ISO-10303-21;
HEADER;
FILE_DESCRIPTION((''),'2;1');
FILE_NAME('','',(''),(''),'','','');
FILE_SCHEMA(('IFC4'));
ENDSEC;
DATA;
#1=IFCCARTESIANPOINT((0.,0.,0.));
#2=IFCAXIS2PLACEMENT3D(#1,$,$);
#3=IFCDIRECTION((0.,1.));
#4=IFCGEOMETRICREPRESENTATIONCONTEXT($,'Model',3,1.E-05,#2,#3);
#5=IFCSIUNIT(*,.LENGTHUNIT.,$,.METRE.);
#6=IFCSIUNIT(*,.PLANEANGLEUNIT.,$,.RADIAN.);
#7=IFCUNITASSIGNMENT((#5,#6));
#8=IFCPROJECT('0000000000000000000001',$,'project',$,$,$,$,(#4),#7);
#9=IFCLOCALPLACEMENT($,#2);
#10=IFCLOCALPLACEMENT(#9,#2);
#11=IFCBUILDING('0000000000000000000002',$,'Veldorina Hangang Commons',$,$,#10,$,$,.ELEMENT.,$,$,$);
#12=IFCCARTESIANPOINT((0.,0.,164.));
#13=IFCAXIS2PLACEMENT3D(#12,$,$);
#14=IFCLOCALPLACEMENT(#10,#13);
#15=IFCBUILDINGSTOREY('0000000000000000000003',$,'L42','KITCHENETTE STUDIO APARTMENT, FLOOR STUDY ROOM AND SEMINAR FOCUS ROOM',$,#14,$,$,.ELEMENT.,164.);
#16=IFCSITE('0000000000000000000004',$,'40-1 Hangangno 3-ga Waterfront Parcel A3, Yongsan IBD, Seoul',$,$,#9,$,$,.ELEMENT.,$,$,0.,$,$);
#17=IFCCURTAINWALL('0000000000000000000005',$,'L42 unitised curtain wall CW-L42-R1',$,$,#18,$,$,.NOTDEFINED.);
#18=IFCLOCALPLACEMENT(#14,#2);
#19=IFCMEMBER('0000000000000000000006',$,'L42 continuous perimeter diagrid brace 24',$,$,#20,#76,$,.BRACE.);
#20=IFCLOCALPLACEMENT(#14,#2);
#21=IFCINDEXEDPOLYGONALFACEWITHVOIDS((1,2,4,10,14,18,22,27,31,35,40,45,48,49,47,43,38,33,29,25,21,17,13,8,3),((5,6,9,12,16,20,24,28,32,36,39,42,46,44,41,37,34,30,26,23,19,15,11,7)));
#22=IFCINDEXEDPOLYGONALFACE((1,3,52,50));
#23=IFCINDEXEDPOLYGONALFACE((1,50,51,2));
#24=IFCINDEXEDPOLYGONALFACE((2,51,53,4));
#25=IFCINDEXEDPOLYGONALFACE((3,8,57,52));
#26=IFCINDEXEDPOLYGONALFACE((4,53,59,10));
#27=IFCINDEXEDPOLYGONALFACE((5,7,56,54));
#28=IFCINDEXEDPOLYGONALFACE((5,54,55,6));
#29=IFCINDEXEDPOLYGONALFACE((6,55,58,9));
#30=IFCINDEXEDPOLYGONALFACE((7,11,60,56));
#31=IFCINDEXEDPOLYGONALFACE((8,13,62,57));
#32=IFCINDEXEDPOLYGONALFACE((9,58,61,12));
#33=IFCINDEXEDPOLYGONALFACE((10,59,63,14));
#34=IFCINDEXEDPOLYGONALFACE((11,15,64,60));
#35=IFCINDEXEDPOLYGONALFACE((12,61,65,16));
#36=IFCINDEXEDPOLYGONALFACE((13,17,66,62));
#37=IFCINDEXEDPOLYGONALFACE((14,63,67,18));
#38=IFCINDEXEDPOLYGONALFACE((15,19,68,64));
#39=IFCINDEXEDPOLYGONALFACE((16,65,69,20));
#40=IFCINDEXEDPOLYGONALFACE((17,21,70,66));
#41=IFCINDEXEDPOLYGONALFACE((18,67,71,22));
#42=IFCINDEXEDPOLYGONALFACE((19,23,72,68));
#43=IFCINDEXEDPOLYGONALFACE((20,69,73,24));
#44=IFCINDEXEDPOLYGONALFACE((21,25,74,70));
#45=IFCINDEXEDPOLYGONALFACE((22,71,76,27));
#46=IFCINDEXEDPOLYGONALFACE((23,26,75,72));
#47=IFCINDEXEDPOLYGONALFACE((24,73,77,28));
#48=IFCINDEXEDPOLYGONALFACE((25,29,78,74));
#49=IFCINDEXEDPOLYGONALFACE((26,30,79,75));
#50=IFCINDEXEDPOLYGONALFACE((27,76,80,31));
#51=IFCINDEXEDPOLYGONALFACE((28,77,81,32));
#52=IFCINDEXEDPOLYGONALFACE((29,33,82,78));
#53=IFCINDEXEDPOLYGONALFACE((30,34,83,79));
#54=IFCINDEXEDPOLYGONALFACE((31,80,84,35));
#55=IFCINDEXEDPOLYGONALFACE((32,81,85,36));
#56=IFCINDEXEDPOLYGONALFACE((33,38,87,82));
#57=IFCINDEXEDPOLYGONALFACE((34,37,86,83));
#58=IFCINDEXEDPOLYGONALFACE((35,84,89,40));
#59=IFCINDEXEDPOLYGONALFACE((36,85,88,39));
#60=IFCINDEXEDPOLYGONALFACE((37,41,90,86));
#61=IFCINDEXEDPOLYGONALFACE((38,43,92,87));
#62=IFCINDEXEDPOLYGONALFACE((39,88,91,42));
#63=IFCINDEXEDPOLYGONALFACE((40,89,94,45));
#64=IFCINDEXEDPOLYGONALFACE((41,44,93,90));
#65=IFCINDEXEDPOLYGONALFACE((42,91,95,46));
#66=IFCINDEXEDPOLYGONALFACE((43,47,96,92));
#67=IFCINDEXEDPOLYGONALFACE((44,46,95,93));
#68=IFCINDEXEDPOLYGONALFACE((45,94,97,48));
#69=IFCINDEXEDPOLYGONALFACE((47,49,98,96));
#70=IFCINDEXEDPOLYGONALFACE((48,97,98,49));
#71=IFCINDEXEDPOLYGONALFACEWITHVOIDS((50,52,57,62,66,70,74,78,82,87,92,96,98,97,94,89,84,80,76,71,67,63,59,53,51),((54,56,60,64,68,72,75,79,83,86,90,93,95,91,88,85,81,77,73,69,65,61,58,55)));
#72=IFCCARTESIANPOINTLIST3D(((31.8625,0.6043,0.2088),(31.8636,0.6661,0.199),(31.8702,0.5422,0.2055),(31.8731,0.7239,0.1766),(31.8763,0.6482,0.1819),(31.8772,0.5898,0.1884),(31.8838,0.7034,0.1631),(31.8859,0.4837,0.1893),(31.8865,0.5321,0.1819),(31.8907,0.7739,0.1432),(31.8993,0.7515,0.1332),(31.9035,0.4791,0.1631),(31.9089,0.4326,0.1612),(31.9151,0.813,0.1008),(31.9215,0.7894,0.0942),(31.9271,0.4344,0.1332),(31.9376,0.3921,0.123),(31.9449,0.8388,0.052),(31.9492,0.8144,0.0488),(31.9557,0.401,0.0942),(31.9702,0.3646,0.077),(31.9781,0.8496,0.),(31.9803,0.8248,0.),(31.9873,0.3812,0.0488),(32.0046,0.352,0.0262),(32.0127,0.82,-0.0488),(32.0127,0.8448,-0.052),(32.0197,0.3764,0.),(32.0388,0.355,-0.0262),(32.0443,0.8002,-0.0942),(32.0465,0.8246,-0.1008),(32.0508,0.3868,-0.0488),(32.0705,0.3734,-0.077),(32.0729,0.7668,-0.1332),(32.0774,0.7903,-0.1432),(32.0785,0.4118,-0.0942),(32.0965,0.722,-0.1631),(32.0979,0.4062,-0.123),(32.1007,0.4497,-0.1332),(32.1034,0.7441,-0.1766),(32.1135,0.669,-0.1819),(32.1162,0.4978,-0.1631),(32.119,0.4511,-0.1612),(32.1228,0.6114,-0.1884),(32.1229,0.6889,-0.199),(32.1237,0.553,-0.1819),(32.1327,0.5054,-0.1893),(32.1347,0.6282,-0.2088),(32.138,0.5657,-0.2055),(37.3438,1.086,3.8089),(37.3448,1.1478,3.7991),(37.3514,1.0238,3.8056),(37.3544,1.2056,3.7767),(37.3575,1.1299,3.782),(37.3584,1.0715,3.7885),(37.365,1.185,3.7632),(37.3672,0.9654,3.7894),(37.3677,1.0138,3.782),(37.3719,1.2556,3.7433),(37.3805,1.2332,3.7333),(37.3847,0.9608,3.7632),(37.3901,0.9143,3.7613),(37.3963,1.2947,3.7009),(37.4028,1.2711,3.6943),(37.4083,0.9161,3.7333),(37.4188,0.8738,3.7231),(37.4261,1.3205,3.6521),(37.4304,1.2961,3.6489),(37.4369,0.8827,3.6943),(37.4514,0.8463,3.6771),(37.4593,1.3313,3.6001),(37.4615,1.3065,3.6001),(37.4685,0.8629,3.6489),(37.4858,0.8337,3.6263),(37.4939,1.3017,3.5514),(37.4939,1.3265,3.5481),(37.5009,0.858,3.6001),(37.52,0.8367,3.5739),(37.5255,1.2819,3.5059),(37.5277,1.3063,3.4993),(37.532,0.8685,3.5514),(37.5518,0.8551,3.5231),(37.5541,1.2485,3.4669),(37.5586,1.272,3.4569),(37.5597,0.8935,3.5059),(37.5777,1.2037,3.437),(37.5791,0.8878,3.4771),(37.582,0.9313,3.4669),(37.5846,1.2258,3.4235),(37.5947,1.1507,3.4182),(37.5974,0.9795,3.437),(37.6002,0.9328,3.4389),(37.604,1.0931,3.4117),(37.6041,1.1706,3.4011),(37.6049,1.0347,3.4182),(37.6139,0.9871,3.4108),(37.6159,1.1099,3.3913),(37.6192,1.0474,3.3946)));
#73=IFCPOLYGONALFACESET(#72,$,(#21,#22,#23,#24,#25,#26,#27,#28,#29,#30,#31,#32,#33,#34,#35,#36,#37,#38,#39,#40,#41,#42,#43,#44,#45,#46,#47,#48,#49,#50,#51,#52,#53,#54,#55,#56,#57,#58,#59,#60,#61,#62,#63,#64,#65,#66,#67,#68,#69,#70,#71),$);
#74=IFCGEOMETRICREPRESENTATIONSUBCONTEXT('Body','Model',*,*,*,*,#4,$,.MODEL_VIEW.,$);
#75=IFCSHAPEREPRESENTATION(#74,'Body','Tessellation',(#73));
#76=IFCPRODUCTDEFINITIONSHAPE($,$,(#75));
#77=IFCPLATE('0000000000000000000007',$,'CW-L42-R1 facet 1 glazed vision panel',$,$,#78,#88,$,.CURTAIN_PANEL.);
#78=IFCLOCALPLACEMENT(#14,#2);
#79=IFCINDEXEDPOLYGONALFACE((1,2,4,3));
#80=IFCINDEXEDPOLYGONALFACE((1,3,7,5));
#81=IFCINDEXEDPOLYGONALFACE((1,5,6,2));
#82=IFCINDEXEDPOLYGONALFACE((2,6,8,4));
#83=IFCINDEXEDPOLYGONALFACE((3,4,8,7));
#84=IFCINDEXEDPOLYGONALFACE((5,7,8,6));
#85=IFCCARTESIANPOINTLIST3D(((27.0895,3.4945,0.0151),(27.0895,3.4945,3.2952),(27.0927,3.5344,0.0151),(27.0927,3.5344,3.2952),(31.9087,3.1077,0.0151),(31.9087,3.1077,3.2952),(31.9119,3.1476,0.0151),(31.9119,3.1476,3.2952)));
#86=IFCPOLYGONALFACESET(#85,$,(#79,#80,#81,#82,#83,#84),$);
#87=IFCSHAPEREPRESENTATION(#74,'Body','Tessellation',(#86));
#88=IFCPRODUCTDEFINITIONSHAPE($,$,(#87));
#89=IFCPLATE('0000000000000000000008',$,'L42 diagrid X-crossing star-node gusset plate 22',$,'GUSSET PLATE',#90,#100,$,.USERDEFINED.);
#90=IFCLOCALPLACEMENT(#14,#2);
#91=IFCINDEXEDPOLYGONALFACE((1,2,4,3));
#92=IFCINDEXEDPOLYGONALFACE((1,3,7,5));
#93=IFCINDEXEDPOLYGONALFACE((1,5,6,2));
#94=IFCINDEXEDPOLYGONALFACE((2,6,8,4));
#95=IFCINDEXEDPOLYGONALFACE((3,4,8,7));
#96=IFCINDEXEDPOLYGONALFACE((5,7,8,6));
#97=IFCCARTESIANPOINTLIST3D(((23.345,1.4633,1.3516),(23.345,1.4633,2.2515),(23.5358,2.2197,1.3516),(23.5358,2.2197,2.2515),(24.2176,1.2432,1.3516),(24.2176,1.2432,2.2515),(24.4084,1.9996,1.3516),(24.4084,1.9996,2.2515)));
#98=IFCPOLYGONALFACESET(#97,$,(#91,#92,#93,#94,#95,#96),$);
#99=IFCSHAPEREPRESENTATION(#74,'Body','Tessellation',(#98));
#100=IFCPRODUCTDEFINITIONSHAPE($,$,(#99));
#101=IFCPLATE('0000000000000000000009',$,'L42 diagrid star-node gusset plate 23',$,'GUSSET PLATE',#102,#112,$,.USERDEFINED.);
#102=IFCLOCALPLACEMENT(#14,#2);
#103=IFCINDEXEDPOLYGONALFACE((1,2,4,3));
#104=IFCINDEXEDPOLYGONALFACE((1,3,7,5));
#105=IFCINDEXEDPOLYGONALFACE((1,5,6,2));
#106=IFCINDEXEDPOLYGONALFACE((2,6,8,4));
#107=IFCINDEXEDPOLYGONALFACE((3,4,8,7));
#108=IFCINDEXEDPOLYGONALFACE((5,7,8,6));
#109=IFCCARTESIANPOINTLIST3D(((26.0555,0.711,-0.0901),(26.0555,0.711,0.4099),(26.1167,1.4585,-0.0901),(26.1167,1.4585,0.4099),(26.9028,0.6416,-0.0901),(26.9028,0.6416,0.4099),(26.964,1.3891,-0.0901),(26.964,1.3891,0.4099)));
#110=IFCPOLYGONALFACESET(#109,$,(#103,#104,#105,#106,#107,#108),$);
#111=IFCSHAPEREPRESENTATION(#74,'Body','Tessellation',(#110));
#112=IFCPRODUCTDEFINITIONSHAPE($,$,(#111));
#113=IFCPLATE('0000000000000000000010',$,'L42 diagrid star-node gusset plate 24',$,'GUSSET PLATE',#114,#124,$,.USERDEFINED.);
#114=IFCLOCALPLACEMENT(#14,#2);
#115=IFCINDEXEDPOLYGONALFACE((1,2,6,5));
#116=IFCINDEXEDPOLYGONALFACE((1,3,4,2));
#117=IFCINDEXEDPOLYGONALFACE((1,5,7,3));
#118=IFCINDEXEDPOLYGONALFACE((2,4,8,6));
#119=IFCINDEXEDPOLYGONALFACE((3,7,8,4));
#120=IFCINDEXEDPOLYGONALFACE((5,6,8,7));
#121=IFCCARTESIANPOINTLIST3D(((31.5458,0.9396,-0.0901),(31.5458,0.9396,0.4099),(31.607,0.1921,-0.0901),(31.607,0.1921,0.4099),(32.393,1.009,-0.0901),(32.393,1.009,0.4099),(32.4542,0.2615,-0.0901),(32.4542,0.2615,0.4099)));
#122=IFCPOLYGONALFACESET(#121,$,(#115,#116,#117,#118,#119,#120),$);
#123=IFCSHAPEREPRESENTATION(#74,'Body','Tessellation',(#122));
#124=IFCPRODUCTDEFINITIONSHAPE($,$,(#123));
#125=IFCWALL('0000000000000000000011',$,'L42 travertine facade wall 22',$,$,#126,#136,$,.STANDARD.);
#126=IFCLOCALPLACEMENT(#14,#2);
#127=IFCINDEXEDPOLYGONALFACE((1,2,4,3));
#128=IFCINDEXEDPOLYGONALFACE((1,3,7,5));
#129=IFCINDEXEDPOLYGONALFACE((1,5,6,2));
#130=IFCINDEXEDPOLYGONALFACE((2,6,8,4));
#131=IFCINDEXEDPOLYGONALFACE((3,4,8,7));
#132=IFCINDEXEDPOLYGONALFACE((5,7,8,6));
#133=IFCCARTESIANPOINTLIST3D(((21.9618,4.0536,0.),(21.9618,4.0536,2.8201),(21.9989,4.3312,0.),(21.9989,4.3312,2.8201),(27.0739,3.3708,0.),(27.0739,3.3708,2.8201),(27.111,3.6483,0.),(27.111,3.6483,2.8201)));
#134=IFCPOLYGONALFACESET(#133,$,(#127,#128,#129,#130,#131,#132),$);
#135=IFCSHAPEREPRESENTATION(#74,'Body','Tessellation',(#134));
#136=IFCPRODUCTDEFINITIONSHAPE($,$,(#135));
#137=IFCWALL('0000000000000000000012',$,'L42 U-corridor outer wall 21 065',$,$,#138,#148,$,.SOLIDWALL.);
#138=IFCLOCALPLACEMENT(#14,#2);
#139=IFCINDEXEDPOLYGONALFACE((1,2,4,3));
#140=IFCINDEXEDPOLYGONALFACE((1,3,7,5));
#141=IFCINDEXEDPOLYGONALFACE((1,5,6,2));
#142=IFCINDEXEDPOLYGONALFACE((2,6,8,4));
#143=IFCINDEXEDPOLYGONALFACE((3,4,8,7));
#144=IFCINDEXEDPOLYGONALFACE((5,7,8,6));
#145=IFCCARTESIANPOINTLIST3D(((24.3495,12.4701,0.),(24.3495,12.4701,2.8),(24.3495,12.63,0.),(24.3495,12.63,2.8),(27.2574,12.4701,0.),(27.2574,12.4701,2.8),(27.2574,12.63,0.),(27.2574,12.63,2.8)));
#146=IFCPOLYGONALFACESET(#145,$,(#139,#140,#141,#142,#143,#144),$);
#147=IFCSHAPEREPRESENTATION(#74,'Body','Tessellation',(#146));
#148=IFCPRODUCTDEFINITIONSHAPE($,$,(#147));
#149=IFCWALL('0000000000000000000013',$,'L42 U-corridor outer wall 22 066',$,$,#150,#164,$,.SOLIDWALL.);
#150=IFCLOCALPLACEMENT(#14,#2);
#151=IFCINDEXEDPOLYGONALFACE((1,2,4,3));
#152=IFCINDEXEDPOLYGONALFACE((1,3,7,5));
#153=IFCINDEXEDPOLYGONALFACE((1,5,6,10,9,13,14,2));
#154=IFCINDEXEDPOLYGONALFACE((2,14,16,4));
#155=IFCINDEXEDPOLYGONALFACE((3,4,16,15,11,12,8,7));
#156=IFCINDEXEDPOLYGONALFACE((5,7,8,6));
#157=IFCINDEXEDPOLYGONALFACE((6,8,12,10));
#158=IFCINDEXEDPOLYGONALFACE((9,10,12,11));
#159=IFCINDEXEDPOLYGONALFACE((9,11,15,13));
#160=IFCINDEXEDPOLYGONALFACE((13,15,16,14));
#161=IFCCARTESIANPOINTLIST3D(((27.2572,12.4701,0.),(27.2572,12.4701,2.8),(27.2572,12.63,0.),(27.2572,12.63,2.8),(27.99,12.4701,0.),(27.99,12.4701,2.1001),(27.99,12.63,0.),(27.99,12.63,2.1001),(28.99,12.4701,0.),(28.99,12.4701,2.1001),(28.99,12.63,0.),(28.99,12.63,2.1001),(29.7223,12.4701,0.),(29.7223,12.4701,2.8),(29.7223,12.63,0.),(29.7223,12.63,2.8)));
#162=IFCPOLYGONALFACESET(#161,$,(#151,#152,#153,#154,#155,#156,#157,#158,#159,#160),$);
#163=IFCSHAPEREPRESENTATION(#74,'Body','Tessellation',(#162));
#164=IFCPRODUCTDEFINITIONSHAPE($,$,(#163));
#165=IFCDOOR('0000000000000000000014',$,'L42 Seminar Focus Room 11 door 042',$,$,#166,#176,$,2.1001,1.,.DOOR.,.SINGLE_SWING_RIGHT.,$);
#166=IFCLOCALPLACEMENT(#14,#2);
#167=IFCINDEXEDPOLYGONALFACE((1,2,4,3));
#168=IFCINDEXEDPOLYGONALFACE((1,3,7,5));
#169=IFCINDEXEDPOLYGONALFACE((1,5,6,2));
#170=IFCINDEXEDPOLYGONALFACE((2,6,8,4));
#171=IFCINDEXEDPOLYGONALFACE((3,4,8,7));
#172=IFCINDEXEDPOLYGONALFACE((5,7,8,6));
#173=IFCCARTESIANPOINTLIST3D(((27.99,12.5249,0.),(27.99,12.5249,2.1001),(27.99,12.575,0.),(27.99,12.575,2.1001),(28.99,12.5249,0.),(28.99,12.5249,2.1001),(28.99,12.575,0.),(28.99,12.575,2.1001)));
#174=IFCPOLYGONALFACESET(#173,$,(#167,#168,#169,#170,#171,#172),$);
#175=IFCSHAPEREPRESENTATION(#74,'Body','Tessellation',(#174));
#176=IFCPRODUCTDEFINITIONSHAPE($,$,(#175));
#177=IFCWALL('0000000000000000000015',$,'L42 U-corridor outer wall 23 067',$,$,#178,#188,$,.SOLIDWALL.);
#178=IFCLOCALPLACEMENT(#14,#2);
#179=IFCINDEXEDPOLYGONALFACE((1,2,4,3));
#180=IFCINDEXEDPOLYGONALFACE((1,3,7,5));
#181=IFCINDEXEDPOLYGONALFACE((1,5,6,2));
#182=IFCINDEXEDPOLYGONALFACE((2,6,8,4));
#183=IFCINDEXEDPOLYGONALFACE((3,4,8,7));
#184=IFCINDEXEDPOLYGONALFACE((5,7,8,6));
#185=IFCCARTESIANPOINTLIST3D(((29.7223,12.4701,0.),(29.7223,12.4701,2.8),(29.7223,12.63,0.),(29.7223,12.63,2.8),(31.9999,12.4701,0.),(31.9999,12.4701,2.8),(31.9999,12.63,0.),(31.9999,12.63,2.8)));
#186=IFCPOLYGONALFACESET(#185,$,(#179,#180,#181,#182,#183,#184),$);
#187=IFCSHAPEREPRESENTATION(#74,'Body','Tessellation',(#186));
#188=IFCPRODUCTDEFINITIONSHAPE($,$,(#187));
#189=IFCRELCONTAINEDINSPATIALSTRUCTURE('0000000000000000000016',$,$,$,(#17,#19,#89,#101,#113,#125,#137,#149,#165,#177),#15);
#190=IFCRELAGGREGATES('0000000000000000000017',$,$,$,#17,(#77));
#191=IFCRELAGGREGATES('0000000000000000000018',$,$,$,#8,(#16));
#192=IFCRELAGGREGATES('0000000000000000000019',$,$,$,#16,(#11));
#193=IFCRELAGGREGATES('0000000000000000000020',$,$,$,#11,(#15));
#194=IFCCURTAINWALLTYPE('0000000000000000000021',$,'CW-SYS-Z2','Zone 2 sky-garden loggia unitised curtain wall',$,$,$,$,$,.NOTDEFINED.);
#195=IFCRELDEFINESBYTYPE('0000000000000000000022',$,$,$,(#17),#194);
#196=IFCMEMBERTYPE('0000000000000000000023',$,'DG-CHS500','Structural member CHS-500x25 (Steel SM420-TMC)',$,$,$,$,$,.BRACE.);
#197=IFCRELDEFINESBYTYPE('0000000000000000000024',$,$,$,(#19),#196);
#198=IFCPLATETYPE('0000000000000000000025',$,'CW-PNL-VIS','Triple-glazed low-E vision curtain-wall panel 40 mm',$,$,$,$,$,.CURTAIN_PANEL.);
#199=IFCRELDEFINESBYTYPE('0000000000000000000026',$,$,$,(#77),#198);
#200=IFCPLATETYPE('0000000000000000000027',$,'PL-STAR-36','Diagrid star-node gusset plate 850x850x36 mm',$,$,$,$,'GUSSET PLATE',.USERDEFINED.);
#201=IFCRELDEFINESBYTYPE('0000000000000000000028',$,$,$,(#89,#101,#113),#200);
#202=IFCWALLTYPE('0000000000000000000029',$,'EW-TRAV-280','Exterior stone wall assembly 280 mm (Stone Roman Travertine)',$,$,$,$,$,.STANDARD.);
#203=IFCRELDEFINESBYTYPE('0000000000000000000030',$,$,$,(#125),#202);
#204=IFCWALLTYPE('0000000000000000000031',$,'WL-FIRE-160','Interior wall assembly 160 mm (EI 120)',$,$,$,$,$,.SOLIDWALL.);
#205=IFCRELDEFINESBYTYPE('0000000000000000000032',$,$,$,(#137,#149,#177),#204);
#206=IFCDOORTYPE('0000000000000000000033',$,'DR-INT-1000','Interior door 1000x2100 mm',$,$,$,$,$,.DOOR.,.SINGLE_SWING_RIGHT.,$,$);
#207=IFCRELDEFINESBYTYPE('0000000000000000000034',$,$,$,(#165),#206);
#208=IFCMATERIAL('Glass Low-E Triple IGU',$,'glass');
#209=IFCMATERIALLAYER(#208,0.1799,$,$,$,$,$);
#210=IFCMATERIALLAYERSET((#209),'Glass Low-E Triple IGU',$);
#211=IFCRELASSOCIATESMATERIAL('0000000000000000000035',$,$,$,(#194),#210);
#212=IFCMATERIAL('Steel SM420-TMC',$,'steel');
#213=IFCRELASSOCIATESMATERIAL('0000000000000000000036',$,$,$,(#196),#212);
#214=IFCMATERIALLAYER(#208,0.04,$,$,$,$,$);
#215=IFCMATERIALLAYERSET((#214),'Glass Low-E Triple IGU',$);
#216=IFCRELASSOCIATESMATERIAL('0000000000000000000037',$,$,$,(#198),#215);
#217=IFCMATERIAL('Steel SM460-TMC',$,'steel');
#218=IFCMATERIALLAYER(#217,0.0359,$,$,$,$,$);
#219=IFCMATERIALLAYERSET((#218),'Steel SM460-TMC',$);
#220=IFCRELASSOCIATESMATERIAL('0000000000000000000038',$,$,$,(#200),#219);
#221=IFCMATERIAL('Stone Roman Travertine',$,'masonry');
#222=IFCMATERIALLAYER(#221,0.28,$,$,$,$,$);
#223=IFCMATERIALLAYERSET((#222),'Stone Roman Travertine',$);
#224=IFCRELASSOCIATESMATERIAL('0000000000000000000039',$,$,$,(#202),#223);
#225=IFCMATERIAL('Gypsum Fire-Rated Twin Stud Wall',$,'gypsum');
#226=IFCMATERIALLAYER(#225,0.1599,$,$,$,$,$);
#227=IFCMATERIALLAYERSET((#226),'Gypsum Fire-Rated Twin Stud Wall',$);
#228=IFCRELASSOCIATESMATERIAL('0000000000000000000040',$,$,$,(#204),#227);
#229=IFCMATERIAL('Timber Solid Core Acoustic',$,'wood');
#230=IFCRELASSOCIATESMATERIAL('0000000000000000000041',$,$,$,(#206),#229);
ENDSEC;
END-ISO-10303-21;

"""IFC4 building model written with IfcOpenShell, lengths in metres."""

from ifc_helpers import new_model, si_unit, direction, frame, frame_2d, origin, origin_2d, place, context, subcontext, project, spatial, rectangle, hollow_circle, extrude, material, layer, layer_set, material_profile, profile_set, type_object, element, fill, aggregate, save


model = new_model("IFC4")

# Units and contexts
model_context = context("Model", 3, precision=1e-05, world=origin(), true_north=direction((0.0, 1.0)))
body_context = subcontext(model_context, "Body", "Model", "MODEL_VIEW")
ifc_project = project(units=[si_unit("LENGTHUNIT", "METRE"), si_unit("PLANEANGLEUNIT", "RADIAN")], contexts=[model_context])

# Site, building, storey
site_placement = place(None, origin())
site = spatial("IfcSite", under=ifc_project, at=site_placement, Name="40-1 Hangangno 3-ga Waterfront Parcel A3, Yongsan IBD, Seoul", CompositionType="ELEMENT", RefElevation=0.0)
building_placement = place(site_placement, origin())
building = spatial("IfcBuilding", under=site, at=building_placement, Name="Veldorina Hangang Commons", CompositionType="ELEMENT")
storey_placement = place(building_placement, frame((0.0, 0.0, 164.0)))
storey = spatial("IfcBuildingStorey", under=building, at=storey_placement, Name="L42", Description="KITCHENETTE STUDIO APARTMENT, FLOOR STUDY ROOM AND SEMINAR FOCUS ROOM", CompositionType="ELEMENT", Elevation=164.0)

# Shared definitions
ifc_material_1 = material(Name="Steel SM420-TMC", Category="steel")

# Curtain wall
ifc_material_2 = material(Name="Glass Low-E Triple IGU", Category="glass")
ifc_layer_1 = layer(ifc_material_2, 0.1799)
ifc_layer_set_1 = layer_set([ifc_layer_1], Name="Glass Low-E Triple IGU")
curtain_wall_type = type_object("IfcCurtainWallType", Name="CW-SYS-Z2", Description="Zone 2 sky-garden loggia unitised curtain wall", PredefinedType="NOTDEFINED", material=ifc_layer_set_1)
curtain_wall_placement = place(storey_placement, origin())
curtain_wall = element("IfcCurtainWall", 1, at=curtain_wall_placement, inside=storey, type_object=curtain_wall_type, Name="L42 unitised curtain wall CW-L42-R1", PredefinedType="NOTDEFINED")

# Member
ifc_material_profile_1 = material_profile(ifc_material_1, hollow_circle(Radius=0.25, WallThickness=0.0249, at=origin_2d()), Name="CHS-500x25")
ifc_profile_set_1 = profile_set([ifc_material_profile_1], Name="Steel SM420-TMC")
member_type_1 = type_object("IfcMemberType", Name="DG-CHS500", Description="Structural member CHS-500x25 (Steel SM420-TMC)", PredefinedType="BRACE", material=ifc_profile_set_1)
member_1_placement = place(storey_placement, frame((32.0, 0.6006, 0.0), z_axis=(0.833588, 0.073256, 0.547507), x_axis=(-0.087543, 0.996161, 0.0)))
element("IfcMember", 2, at=member_1_placement, inside=storey, type_object=member_type_1, Name="L42 continuous perimeter diagrid brace 24", PredefinedType="BRACE", context=body_context, shape_type="SweptSolid", body=[
    extrude(hollow_circle(Radius=0.25, WallThickness=0.0249, at=origin_2d()), origin(), (0.0, 0.0, 1.0), 6.5754),
])

# Plate
ifc_layer_2 = layer(ifc_material_2, 0.04)
ifc_layer_set_2 = layer_set([ifc_layer_2], Name="Glass Low-E Triple IGU")
plate_type_1 = type_object("IfcPlateType", Name="CW-PNL-VIS", Description="Triple-glazed low-E vision curtain-wall panel 40 mm", PredefinedType="CURTAIN_PANEL", material=ifc_layer_set_2)
plate_1_placement = place(storey_placement, frame((29.5007, 3.321, 0.0151), z_axis=(0.0, 0.0, 1.0), x_axis=(0.996794, -0.080008, 0.0)))
plate_1 = element("IfcPlate", 3, at=plate_1_placement, type_object=plate_type_1, Name="CW-L42-R1 facet 1 glazed vision panel", PredefinedType="CURTAIN_PANEL", context=body_context, shape_type="SweptSolid", body=[
    extrude(rectangle(XDim=4.8347, YDim=0.04, at=origin_2d()), origin(), (0.0, 0.0, 1.0), 3.28),
])
aggregate(curtain_wall, [plate_1])

# Plates
ifc_material_3 = material(Name="Steel SM460-TMC", Category="steel")
ifc_layer_3 = layer(ifc_material_3, 0.0359)
ifc_layer_set_3 = layer_set([ifc_layer_3], Name="Steel SM460-TMC")
plate_type_2 = type_object("IfcPlateType", Name="PL-STAR-36", Description="Diagrid star-node gusset plate 850x850x36 mm", ElementType="GUSSET PLATE", PredefinedType="USERDEFINED", material=ifc_layer_set_3)
plate_2_placement = place(storey_placement, frame((23.8767, 1.7314, 1.3516), z_axis=(0.0, 0.0, 1.0), x_axis=(0.969633, -0.244563, 0.0)))
element("IfcPlate", 4, at=plate_2_placement, inside=storey, type_object=plate_type_2, Name="L42 diagrid X-crossing star-node gusset plate 22", ObjectType="GUSSET PLATE", PredefinedType="USERDEFINED", context=body_context, shape_type="SweptSolid", body=[
    extrude(rectangle(XDim=0.8999, YDim=0.78, at=origin_2d()), origin(), (0.0, 0.0, 1.0), 0.8999),
])
for number, where, z_axis, x_axis, name in (
    (5, (26.5098, 1.05, -0.0901), (0.0, 0.0, 1.0), (0.996665, -0.081608, 0.0), "L42 diagrid star-node gusset plate 23"),
    (6, (32.0, 0.6006, -0.0901), (0.0, 0.0, 1.0), (0.996665, 0.081608, 0.0), "L42 diagrid star-node gusset plate 24"),
):
    element("IfcPlate", number, at=place(storey_placement, frame(where, z_axis=z_axis, x_axis=x_axis)), inside=storey, type_object=plate_type_2, Name=name, ObjectType="GUSSET PLATE", PredefinedType="USERDEFINED", context=body_context, shape_type="SweptSolid", body=[
        extrude(rectangle(XDim=0.8501, YDim=0.75, at=origin_2d()), origin(), (0.0, 0.0, 1.0), 0.5),
    ])

# Walls
ifc_material_4 = material(Name="Stone Roman Travertine", Category="masonry")
ifc_layer_4 = layer(ifc_material_4, 0.28)
ifc_layer_set_4 = layer_set([ifc_layer_4], Name="Stone Roman Travertine")
wall_type_1 = type_object("IfcWallType", Name="EW-TRAV-280", Description="Exterior stone wall assembly 280 mm (Stone Roman Travertine)", PredefinedType="STANDARD", material=ifc_layer_set_4)
wall_1_placement = place(storey_placement, frame((21.9805, 4.1924, 0.0), z_axis=(0.0, 0.0, 1.0), x_axis=(0.991196, -0.132402, 0.0)))
element("IfcWall", 7, at=wall_1_placement, inside=storey, type_object=wall_type_1, Name="L42 travertine facade wall 22", PredefinedType="STANDARD", context=body_context, shape_type="SweptSolid", body=[
    extrude(rectangle(XDim=5.1575, YDim=0.28, at=frame_2d((2.5786, 0.0))), origin(), (0.0, 0.0, 1.0), 2.8201),
])
ifc_material_5 = material(Name="Gypsum Fire-Rated Twin Stud Wall", Category="gypsum")
ifc_layer_5 = layer(ifc_material_5, 0.1599)
ifc_layer_set_5 = layer_set([ifc_layer_5], Name="Gypsum Fire-Rated Twin Stud Wall")
wall_type_2 = type_object("IfcWallType", Name="WL-FIRE-160", Description="Interior wall assembly 160 mm (EI 120)", PredefinedType="SOLIDWALL", material=ifc_layer_set_5)
wall_2_placement = place(storey_placement, frame((24.3494, 12.55, 0.0), z_axis=(0.0, 0.0, 1.0), x_axis=(1.0, 0.0, 0.0)))
element("IfcWall", 8, at=wall_2_placement, inside=storey, type_object=wall_type_2, Name="L42 U-corridor outer wall 21 065", PredefinedType="SOLIDWALL", context=body_context, shape_type="SweptSolid", body=[
    extrude(rectangle(XDim=2.908, YDim=0.1599, at=frame_2d((1.4541, 0.0))), origin(), (0.0, 0.0, 1.0), 2.8),
])

# Wall, opening, door
wall_3_placement = place(storey_placement, frame((27.2573, 12.55, 0.0), z_axis=(0.0, 0.0, 1.0), x_axis=(1.0, 0.0, 0.0)))
wall_3 = element("IfcWall", 9, at=wall_3_placement, inside=storey, type_object=wall_type_2, Name="L42 U-corridor outer wall 22 066", PredefinedType="SOLIDWALL", context=body_context, shape_type="SweptSolid", body=[
    extrude(rectangle(XDim=2.4651, YDim=0.1599, at=frame_2d((1.2324, 0.0))), origin(), (0.0, 0.0, 1.0), 2.8),
])
opening_1_placement = place(wall_3_placement, frame((0.7327, 0.0, 0.0)))
opening_1 = element("IfcOpeningElement", 10, at=opening_1_placement, cuts=wall_3, PredefinedType="OPENING", context=body_context, shape_type="SweptSolid", body=[
    extrude(rectangle(XDim=1.0, YDim=2.1001, at=frame_2d((0.5, 1.05))), frame((0.0, 0.0898, 0.0), z_axis=(0.0, -1.0, 0.0), x_axis=(1.0, 0.0, 0.0)), (0.0, 0.0, 1.0), 0.1799),
])
ifc_material_6 = material(Name="Timber Solid Core Acoustic", Category="wood")
door_type_1 = type_object("IfcDoorType", Name="DR-INT-1000", Description="Interior door 1000x2100 mm", OperationType="SINGLE_SWING_RIGHT", PredefinedType="DOOR", material=ifc_material_6)
door_1_placement = place(opening_1_placement, origin())
door_1 = element("IfcDoor", 11, at=door_1_placement, inside=storey, type_object=door_type_1, Name="L42 Seminar Focus Room 11 door 042", OperationType="SINGLE_SWING_RIGHT", OverallHeight=2.1001, OverallWidth=1.0, PredefinedType="DOOR", context=body_context, shape_type="SweptSolid", body=[
    extrude(rectangle(XDim=1.0, YDim=2.1001, at=frame_2d((0.5, 1.05))), frame((0.0, 0.0249, 0.0), z_axis=(0.0, -1.0, 0.0), x_axis=(1.0, 0.0, 0.0)), (0.0, 0.0, 1.0), 0.05),
])
fill(opening_1, door_1)

# Wall
wall_4_placement = place(storey_placement, frame((29.7224, 12.55, 0.0), z_axis=(0.0, 0.0, 1.0), x_axis=(1.0, 0.0, 0.0)))
element("IfcWall", 12, at=wall_4_placement, inside=storey, type_object=wall_type_2, Name="L42 U-corridor outer wall 23 067", PredefinedType="SOLIDWALL", context=body_context, shape_type="SweptSolid", body=[
    extrude(rectangle(XDim=2.2776, YDim=0.1599, at=frame_2d((1.1387, 0.0))), origin(), (0.0, 0.0, 1.0), 2.8),
])

save(model, "model.ifc")
